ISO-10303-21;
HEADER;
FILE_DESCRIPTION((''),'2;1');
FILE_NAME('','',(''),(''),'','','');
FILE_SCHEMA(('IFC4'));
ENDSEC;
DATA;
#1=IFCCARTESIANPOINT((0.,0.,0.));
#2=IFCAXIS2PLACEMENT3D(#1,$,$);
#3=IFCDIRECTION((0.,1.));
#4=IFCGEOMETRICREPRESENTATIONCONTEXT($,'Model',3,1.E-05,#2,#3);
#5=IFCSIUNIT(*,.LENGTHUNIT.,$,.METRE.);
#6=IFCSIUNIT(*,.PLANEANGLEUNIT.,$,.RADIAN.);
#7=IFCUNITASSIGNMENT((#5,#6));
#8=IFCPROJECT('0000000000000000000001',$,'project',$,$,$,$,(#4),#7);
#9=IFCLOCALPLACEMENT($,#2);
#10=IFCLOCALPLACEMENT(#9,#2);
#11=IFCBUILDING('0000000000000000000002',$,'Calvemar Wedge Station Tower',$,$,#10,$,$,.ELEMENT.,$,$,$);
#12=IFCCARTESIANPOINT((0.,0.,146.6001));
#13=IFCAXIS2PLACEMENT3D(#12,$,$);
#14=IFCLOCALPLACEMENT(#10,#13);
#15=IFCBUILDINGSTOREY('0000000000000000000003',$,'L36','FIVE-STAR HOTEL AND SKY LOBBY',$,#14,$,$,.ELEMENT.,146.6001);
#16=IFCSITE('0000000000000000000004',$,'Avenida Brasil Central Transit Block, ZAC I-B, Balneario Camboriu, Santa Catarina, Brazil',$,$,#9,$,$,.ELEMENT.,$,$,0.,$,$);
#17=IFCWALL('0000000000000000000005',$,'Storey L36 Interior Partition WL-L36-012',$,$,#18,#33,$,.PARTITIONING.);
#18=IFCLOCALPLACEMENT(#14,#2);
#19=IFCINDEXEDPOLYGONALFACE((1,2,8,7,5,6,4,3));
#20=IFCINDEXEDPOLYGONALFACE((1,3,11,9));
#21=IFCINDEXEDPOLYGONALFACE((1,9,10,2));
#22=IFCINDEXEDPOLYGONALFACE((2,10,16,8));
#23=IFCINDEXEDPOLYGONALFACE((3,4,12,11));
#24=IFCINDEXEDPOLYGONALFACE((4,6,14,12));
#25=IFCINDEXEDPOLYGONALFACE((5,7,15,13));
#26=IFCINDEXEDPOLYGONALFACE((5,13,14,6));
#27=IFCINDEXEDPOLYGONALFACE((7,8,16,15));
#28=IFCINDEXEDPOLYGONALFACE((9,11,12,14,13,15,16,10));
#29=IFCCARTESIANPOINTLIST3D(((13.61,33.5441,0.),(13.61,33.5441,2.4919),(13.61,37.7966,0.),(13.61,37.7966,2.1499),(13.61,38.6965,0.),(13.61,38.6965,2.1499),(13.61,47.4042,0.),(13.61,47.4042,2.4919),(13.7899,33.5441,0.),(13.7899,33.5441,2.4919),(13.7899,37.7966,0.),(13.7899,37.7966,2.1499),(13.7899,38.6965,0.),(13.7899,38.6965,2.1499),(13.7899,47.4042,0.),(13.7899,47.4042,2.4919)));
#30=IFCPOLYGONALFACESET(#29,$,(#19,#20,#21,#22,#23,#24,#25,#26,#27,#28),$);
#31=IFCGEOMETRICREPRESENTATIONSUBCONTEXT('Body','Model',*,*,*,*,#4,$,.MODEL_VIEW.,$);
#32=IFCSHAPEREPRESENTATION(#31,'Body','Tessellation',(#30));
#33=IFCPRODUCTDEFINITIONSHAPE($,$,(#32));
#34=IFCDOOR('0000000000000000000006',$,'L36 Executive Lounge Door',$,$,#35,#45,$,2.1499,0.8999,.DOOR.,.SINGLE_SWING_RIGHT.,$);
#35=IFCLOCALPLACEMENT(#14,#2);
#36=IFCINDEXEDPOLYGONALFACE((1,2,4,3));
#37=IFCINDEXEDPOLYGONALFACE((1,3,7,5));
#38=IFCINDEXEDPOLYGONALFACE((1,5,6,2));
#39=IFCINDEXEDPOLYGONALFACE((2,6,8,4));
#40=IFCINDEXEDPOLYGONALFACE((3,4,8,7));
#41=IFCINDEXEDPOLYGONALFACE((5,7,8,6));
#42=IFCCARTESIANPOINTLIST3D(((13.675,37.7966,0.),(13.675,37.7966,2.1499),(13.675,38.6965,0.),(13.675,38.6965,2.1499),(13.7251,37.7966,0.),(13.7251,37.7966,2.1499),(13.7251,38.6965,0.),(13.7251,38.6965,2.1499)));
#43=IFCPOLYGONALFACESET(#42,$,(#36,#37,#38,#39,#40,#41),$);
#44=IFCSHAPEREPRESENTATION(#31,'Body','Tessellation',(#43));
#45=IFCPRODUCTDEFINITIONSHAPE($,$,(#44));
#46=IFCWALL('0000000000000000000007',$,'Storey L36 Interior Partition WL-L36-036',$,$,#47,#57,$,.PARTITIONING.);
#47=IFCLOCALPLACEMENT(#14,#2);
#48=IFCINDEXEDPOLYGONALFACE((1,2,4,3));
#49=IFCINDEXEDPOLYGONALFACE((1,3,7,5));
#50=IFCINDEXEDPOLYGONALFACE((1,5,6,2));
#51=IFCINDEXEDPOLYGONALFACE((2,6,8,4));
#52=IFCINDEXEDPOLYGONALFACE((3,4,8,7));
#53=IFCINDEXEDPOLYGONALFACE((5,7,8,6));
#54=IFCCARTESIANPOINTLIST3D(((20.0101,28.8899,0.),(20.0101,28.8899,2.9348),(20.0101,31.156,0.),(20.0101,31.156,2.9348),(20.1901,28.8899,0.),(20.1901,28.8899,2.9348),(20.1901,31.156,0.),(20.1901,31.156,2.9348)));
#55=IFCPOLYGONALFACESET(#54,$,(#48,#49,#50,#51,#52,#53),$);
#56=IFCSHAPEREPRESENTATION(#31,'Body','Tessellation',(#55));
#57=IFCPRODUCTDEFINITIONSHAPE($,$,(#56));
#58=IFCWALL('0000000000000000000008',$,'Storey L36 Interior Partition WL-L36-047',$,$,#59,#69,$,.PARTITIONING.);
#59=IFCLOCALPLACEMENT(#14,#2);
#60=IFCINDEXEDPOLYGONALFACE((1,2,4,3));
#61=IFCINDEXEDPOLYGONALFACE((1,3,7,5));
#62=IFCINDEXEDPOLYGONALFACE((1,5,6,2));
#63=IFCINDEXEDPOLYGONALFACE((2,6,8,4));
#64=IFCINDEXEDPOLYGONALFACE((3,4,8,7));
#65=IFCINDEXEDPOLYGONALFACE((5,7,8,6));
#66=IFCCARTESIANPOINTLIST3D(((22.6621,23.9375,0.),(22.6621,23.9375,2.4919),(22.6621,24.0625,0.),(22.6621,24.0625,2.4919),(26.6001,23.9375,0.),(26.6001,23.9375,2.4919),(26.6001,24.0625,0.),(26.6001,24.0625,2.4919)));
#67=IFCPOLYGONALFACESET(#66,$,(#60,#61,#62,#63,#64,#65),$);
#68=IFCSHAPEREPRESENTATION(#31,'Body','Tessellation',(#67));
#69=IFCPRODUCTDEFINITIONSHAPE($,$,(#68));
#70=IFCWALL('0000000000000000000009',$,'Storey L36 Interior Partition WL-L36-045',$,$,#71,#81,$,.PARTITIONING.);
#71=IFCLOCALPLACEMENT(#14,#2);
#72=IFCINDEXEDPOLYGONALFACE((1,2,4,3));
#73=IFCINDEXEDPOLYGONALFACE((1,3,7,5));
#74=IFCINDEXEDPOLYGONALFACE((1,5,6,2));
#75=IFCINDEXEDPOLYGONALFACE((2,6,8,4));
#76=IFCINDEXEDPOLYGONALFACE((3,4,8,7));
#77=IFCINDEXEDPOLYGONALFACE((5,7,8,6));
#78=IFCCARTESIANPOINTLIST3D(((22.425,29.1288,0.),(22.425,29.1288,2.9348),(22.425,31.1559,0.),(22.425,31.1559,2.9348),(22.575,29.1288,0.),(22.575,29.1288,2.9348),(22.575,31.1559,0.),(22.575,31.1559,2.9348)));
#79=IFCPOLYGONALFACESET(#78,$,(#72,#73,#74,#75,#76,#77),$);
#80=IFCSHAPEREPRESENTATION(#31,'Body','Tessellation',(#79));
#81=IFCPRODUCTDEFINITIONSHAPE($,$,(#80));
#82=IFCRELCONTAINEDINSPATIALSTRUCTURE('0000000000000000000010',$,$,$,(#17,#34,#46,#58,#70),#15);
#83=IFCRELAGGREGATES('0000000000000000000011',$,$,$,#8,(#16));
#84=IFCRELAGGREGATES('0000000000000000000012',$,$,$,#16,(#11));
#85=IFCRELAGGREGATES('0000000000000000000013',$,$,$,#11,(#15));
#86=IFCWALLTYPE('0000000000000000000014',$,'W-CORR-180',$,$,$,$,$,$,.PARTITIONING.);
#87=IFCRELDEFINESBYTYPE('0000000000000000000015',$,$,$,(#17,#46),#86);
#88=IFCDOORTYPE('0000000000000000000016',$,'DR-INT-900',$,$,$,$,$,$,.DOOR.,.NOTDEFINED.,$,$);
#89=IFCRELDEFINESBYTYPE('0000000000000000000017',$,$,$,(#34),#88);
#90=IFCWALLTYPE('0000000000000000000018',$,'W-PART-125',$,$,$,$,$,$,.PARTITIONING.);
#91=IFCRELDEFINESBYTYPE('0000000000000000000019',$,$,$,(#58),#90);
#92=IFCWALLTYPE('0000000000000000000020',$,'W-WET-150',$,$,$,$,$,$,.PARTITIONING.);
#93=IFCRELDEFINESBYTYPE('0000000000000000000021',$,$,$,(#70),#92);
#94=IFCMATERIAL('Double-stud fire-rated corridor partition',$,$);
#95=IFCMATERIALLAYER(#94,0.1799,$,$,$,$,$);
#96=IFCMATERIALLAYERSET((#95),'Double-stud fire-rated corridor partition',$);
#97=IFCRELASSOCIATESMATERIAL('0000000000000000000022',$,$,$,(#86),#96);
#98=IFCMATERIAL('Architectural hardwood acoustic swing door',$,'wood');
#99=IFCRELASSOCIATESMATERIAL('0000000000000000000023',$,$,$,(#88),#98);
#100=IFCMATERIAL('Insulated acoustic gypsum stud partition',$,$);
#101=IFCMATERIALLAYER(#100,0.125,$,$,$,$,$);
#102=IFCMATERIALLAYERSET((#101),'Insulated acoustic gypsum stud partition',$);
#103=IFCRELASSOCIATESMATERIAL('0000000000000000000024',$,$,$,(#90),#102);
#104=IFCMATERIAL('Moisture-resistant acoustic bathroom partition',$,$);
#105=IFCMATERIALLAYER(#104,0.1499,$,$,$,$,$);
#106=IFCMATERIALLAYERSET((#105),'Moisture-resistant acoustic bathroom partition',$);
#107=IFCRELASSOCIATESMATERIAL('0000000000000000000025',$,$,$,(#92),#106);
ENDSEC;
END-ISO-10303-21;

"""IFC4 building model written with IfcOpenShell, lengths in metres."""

from ifc_helpers import new_model, si_unit, direction, frame, frame_2d, origin, place, context, subcontext, project, spatial, rectangle, extrude, source, transform, mapped, material, layer, layer_set, type_object, element, fill, save


model = new_model("IFC4")

# Units and contexts
model_context = context("Model", 3, precision=1e-05, world=origin(), true_north=direction((0.0, 1.0)))
body_context = subcontext(model_context, "Body", "Model", "MODEL_VIEW")
ifc_project = project(units=[si_unit("LENGTHUNIT", "METRE"), si_unit("PLANEANGLEUNIT", "RADIAN")], contexts=[model_context])

# Site, building, storey
site_placement = place(None, origin())
site = spatial("IfcSite", under=ifc_project, at=site_placement, Name="Avenida Brasil Central Transit Block, ZAC I-B, Balneario Camboriu, Santa Catarina, Brazil", CompositionType="ELEMENT", RefElevation=0.0)
building_placement = place(site_placement, origin())
building = spatial("IfcBuilding", under=site, at=building_placement, Name="Calvemar Wedge Station Tower", CompositionType="ELEMENT")
storey_placement = place(building_placement, frame((0.0, 0.0, 146.6001)))
storey = spatial("IfcBuildingStorey", under=building, at=storey_placement, Name="L36", Description="FIVE-STAR HOTEL AND SKY LOBBY", CompositionType="ELEMENT", Elevation=146.6001)

# Shared definitions
ifc_material_1 = material(Name="Double-stud fire-rated corridor partition")
ifc_layer_1 = layer(ifc_material_1, 0.1799)
ifc_layer_set_1 = layer_set([ifc_layer_1], Name="Double-stud fire-rated corridor partition")
wall_type_1 = type_object("IfcWallType", Name="W-CORR-180", PredefinedType="PARTITIONING", material=ifc_layer_set_1)

# Wall, opening, door
wall_1_placement = place(storey_placement, frame((13.7, 33.5439, 0.0), z_axis=(0.0, 0.0, 1.0), x_axis=(0.0, 1.0, 0.0)))
wall_1 = element("IfcWall", 1, at=wall_1_placement, inside=storey, type_object=wall_type_1, Name="Storey L36 Interior Partition WL-L36-012", PredefinedType="PARTITIONING", context=body_context, shape_type="SweptSolid", body=[
    extrude(rectangle(XDim=13.8601, YDim=0.1799, at=frame_2d((6.9302, 0.0))), origin(), (0.0, 0.0, 1.0), 2.4919),
])
shared_shape_1 = source(origin(), body_context, "Body", "SweptSolid", [
    extrude(rectangle(XDim=0.8999, YDim=2.1499, at=frame_2d((0.45, 1.075))), frame((0.0, 0.1001, 0.0), z_axis=(0.0, -1.0, 0.0), x_axis=(1.0, 0.0, 0.0)), (0.0, 0.0, 1.0), 0.2),
])
opening_1_placement = place(wall_1_placement, frame((4.2527, 0.0, 0.0)))
opening_1 = element("IfcOpeningElement", 2, at=opening_1_placement, cuts=wall_1, PredefinedType="OPENING", context=body_context, shape_type="MappedRepresentation", body=[
    mapped(shared_shape_1, transform((0.0, 0.0, 0.0), scale=1.0)),
])
ifc_material_2 = material(Name="Architectural hardwood acoustic swing door", Category="wood")
door_type_1 = type_object("IfcDoorType", Name="DR-INT-900", OperationType="NOTDEFINED", PredefinedType="DOOR", material=ifc_material_2)
shared_shape_2 = source(origin(), body_context, "Body", "SweptSolid", [
    extrude(rectangle(XDim=0.8999, YDim=2.1499, at=frame_2d((0.45, 1.075))), frame((0.0, 0.0249, 0.0), z_axis=(0.0, -1.0, 0.0), x_axis=(1.0, 0.0, 0.0)), (0.0, 0.0, 1.0), 0.05),
])
door_1_placement = place(opening_1_placement, origin())
door_1 = element("IfcDoor", 3, at=door_1_placement, inside=storey, type_object=door_type_1, Name="L36 Executive Lounge Door", OperationType="SINGLE_SWING_RIGHT", OverallHeight=2.1499, OverallWidth=0.8999, PredefinedType="DOOR", context=body_context, shape_type="MappedRepresentation", body=[
    mapped(shared_shape_2, transform((0.0, 0.0, 0.0), scale=1.0)),
])
fill(opening_1, door_1)

# Wall
wall_2_placement = place(storey_placement, frame((20.1001, 31.156, 0.0), z_axis=(0.0, 0.0, 1.0), x_axis=(0.0, -1.0, 0.0)))
element("IfcWall", 4, at=wall_2_placement, inside=storey, type_object=wall_type_1, Name="Storey L36 Interior Partition WL-L36-036", PredefinedType="PARTITIONING", context=body_context, shape_type="SweptSolid", body=[
    extrude(rectangle(XDim=2.2661, YDim=0.1799, at=frame_2d((1.1331, 0.0))), origin(), (0.0, 0.0, 1.0), 2.9348),
])

# Wall
ifc_material_3 = material(Name="Insulated acoustic gypsum stud partition")
ifc_layer_2 = layer(ifc_material_3, 0.125)
ifc_layer_set_2 = layer_set([ifc_layer_2], Name="Insulated acoustic gypsum stud partition")
wall_type_2 = type_object("IfcWallType", Name="W-PART-125", PredefinedType="PARTITIONING", material=ifc_layer_set_2)
wall_3_placement = place(storey_placement, frame((26.6001, 24.0, 0.0), z_axis=(0.0, 0.0, 1.0), x_axis=(-1.0, 0.0, 0.0)))
element("IfcWall", 5, at=wall_3_placement, inside=storey, type_object=wall_type_2, Name="Storey L36 Interior Partition WL-L36-047", PredefinedType="PARTITIONING", context=body_context, shape_type="SweptSolid", body=[
    extrude(rectangle(XDim=3.938, YDim=0.125, at=frame_2d((1.969, 0.0))), origin(), (0.0, 0.0, 1.0), 2.4919),
])

# Shared definitions
ifc_material_4 = material(Name="Moisture-resistant acoustic bathroom partition")
ifc_layer_3 = layer(ifc_material_4, 0.1499)
ifc_layer_set_3 = layer_set([ifc_layer_3], Name="Moisture-resistant acoustic bathroom partition")
wall_type_3 = type_object("IfcWallType", Name="W-WET-150", PredefinedType="PARTITIONING", material=ifc_layer_set_3)

# Wall
wall_4_placement = place(storey_placement, frame((22.5, 31.156, 0.0), z_axis=(0.0, 0.0, 1.0), x_axis=(0.0, -1.0, 0.0)))
element("IfcWall", 6, at=wall_4_placement, inside=storey, type_object=wall_type_3, Name="Storey L36 Interior Partition WL-L36-045", PredefinedType="PARTITIONING", context=body_context, shape_type="SweptSolid", body=[
    extrude(rectangle(XDim=2.0271, YDim=0.1499, at=frame_2d((1.0137, 0.0))), origin(), (0.0, 0.0, 1.0), 2.9348),
])

save(model, "model.ifc")
